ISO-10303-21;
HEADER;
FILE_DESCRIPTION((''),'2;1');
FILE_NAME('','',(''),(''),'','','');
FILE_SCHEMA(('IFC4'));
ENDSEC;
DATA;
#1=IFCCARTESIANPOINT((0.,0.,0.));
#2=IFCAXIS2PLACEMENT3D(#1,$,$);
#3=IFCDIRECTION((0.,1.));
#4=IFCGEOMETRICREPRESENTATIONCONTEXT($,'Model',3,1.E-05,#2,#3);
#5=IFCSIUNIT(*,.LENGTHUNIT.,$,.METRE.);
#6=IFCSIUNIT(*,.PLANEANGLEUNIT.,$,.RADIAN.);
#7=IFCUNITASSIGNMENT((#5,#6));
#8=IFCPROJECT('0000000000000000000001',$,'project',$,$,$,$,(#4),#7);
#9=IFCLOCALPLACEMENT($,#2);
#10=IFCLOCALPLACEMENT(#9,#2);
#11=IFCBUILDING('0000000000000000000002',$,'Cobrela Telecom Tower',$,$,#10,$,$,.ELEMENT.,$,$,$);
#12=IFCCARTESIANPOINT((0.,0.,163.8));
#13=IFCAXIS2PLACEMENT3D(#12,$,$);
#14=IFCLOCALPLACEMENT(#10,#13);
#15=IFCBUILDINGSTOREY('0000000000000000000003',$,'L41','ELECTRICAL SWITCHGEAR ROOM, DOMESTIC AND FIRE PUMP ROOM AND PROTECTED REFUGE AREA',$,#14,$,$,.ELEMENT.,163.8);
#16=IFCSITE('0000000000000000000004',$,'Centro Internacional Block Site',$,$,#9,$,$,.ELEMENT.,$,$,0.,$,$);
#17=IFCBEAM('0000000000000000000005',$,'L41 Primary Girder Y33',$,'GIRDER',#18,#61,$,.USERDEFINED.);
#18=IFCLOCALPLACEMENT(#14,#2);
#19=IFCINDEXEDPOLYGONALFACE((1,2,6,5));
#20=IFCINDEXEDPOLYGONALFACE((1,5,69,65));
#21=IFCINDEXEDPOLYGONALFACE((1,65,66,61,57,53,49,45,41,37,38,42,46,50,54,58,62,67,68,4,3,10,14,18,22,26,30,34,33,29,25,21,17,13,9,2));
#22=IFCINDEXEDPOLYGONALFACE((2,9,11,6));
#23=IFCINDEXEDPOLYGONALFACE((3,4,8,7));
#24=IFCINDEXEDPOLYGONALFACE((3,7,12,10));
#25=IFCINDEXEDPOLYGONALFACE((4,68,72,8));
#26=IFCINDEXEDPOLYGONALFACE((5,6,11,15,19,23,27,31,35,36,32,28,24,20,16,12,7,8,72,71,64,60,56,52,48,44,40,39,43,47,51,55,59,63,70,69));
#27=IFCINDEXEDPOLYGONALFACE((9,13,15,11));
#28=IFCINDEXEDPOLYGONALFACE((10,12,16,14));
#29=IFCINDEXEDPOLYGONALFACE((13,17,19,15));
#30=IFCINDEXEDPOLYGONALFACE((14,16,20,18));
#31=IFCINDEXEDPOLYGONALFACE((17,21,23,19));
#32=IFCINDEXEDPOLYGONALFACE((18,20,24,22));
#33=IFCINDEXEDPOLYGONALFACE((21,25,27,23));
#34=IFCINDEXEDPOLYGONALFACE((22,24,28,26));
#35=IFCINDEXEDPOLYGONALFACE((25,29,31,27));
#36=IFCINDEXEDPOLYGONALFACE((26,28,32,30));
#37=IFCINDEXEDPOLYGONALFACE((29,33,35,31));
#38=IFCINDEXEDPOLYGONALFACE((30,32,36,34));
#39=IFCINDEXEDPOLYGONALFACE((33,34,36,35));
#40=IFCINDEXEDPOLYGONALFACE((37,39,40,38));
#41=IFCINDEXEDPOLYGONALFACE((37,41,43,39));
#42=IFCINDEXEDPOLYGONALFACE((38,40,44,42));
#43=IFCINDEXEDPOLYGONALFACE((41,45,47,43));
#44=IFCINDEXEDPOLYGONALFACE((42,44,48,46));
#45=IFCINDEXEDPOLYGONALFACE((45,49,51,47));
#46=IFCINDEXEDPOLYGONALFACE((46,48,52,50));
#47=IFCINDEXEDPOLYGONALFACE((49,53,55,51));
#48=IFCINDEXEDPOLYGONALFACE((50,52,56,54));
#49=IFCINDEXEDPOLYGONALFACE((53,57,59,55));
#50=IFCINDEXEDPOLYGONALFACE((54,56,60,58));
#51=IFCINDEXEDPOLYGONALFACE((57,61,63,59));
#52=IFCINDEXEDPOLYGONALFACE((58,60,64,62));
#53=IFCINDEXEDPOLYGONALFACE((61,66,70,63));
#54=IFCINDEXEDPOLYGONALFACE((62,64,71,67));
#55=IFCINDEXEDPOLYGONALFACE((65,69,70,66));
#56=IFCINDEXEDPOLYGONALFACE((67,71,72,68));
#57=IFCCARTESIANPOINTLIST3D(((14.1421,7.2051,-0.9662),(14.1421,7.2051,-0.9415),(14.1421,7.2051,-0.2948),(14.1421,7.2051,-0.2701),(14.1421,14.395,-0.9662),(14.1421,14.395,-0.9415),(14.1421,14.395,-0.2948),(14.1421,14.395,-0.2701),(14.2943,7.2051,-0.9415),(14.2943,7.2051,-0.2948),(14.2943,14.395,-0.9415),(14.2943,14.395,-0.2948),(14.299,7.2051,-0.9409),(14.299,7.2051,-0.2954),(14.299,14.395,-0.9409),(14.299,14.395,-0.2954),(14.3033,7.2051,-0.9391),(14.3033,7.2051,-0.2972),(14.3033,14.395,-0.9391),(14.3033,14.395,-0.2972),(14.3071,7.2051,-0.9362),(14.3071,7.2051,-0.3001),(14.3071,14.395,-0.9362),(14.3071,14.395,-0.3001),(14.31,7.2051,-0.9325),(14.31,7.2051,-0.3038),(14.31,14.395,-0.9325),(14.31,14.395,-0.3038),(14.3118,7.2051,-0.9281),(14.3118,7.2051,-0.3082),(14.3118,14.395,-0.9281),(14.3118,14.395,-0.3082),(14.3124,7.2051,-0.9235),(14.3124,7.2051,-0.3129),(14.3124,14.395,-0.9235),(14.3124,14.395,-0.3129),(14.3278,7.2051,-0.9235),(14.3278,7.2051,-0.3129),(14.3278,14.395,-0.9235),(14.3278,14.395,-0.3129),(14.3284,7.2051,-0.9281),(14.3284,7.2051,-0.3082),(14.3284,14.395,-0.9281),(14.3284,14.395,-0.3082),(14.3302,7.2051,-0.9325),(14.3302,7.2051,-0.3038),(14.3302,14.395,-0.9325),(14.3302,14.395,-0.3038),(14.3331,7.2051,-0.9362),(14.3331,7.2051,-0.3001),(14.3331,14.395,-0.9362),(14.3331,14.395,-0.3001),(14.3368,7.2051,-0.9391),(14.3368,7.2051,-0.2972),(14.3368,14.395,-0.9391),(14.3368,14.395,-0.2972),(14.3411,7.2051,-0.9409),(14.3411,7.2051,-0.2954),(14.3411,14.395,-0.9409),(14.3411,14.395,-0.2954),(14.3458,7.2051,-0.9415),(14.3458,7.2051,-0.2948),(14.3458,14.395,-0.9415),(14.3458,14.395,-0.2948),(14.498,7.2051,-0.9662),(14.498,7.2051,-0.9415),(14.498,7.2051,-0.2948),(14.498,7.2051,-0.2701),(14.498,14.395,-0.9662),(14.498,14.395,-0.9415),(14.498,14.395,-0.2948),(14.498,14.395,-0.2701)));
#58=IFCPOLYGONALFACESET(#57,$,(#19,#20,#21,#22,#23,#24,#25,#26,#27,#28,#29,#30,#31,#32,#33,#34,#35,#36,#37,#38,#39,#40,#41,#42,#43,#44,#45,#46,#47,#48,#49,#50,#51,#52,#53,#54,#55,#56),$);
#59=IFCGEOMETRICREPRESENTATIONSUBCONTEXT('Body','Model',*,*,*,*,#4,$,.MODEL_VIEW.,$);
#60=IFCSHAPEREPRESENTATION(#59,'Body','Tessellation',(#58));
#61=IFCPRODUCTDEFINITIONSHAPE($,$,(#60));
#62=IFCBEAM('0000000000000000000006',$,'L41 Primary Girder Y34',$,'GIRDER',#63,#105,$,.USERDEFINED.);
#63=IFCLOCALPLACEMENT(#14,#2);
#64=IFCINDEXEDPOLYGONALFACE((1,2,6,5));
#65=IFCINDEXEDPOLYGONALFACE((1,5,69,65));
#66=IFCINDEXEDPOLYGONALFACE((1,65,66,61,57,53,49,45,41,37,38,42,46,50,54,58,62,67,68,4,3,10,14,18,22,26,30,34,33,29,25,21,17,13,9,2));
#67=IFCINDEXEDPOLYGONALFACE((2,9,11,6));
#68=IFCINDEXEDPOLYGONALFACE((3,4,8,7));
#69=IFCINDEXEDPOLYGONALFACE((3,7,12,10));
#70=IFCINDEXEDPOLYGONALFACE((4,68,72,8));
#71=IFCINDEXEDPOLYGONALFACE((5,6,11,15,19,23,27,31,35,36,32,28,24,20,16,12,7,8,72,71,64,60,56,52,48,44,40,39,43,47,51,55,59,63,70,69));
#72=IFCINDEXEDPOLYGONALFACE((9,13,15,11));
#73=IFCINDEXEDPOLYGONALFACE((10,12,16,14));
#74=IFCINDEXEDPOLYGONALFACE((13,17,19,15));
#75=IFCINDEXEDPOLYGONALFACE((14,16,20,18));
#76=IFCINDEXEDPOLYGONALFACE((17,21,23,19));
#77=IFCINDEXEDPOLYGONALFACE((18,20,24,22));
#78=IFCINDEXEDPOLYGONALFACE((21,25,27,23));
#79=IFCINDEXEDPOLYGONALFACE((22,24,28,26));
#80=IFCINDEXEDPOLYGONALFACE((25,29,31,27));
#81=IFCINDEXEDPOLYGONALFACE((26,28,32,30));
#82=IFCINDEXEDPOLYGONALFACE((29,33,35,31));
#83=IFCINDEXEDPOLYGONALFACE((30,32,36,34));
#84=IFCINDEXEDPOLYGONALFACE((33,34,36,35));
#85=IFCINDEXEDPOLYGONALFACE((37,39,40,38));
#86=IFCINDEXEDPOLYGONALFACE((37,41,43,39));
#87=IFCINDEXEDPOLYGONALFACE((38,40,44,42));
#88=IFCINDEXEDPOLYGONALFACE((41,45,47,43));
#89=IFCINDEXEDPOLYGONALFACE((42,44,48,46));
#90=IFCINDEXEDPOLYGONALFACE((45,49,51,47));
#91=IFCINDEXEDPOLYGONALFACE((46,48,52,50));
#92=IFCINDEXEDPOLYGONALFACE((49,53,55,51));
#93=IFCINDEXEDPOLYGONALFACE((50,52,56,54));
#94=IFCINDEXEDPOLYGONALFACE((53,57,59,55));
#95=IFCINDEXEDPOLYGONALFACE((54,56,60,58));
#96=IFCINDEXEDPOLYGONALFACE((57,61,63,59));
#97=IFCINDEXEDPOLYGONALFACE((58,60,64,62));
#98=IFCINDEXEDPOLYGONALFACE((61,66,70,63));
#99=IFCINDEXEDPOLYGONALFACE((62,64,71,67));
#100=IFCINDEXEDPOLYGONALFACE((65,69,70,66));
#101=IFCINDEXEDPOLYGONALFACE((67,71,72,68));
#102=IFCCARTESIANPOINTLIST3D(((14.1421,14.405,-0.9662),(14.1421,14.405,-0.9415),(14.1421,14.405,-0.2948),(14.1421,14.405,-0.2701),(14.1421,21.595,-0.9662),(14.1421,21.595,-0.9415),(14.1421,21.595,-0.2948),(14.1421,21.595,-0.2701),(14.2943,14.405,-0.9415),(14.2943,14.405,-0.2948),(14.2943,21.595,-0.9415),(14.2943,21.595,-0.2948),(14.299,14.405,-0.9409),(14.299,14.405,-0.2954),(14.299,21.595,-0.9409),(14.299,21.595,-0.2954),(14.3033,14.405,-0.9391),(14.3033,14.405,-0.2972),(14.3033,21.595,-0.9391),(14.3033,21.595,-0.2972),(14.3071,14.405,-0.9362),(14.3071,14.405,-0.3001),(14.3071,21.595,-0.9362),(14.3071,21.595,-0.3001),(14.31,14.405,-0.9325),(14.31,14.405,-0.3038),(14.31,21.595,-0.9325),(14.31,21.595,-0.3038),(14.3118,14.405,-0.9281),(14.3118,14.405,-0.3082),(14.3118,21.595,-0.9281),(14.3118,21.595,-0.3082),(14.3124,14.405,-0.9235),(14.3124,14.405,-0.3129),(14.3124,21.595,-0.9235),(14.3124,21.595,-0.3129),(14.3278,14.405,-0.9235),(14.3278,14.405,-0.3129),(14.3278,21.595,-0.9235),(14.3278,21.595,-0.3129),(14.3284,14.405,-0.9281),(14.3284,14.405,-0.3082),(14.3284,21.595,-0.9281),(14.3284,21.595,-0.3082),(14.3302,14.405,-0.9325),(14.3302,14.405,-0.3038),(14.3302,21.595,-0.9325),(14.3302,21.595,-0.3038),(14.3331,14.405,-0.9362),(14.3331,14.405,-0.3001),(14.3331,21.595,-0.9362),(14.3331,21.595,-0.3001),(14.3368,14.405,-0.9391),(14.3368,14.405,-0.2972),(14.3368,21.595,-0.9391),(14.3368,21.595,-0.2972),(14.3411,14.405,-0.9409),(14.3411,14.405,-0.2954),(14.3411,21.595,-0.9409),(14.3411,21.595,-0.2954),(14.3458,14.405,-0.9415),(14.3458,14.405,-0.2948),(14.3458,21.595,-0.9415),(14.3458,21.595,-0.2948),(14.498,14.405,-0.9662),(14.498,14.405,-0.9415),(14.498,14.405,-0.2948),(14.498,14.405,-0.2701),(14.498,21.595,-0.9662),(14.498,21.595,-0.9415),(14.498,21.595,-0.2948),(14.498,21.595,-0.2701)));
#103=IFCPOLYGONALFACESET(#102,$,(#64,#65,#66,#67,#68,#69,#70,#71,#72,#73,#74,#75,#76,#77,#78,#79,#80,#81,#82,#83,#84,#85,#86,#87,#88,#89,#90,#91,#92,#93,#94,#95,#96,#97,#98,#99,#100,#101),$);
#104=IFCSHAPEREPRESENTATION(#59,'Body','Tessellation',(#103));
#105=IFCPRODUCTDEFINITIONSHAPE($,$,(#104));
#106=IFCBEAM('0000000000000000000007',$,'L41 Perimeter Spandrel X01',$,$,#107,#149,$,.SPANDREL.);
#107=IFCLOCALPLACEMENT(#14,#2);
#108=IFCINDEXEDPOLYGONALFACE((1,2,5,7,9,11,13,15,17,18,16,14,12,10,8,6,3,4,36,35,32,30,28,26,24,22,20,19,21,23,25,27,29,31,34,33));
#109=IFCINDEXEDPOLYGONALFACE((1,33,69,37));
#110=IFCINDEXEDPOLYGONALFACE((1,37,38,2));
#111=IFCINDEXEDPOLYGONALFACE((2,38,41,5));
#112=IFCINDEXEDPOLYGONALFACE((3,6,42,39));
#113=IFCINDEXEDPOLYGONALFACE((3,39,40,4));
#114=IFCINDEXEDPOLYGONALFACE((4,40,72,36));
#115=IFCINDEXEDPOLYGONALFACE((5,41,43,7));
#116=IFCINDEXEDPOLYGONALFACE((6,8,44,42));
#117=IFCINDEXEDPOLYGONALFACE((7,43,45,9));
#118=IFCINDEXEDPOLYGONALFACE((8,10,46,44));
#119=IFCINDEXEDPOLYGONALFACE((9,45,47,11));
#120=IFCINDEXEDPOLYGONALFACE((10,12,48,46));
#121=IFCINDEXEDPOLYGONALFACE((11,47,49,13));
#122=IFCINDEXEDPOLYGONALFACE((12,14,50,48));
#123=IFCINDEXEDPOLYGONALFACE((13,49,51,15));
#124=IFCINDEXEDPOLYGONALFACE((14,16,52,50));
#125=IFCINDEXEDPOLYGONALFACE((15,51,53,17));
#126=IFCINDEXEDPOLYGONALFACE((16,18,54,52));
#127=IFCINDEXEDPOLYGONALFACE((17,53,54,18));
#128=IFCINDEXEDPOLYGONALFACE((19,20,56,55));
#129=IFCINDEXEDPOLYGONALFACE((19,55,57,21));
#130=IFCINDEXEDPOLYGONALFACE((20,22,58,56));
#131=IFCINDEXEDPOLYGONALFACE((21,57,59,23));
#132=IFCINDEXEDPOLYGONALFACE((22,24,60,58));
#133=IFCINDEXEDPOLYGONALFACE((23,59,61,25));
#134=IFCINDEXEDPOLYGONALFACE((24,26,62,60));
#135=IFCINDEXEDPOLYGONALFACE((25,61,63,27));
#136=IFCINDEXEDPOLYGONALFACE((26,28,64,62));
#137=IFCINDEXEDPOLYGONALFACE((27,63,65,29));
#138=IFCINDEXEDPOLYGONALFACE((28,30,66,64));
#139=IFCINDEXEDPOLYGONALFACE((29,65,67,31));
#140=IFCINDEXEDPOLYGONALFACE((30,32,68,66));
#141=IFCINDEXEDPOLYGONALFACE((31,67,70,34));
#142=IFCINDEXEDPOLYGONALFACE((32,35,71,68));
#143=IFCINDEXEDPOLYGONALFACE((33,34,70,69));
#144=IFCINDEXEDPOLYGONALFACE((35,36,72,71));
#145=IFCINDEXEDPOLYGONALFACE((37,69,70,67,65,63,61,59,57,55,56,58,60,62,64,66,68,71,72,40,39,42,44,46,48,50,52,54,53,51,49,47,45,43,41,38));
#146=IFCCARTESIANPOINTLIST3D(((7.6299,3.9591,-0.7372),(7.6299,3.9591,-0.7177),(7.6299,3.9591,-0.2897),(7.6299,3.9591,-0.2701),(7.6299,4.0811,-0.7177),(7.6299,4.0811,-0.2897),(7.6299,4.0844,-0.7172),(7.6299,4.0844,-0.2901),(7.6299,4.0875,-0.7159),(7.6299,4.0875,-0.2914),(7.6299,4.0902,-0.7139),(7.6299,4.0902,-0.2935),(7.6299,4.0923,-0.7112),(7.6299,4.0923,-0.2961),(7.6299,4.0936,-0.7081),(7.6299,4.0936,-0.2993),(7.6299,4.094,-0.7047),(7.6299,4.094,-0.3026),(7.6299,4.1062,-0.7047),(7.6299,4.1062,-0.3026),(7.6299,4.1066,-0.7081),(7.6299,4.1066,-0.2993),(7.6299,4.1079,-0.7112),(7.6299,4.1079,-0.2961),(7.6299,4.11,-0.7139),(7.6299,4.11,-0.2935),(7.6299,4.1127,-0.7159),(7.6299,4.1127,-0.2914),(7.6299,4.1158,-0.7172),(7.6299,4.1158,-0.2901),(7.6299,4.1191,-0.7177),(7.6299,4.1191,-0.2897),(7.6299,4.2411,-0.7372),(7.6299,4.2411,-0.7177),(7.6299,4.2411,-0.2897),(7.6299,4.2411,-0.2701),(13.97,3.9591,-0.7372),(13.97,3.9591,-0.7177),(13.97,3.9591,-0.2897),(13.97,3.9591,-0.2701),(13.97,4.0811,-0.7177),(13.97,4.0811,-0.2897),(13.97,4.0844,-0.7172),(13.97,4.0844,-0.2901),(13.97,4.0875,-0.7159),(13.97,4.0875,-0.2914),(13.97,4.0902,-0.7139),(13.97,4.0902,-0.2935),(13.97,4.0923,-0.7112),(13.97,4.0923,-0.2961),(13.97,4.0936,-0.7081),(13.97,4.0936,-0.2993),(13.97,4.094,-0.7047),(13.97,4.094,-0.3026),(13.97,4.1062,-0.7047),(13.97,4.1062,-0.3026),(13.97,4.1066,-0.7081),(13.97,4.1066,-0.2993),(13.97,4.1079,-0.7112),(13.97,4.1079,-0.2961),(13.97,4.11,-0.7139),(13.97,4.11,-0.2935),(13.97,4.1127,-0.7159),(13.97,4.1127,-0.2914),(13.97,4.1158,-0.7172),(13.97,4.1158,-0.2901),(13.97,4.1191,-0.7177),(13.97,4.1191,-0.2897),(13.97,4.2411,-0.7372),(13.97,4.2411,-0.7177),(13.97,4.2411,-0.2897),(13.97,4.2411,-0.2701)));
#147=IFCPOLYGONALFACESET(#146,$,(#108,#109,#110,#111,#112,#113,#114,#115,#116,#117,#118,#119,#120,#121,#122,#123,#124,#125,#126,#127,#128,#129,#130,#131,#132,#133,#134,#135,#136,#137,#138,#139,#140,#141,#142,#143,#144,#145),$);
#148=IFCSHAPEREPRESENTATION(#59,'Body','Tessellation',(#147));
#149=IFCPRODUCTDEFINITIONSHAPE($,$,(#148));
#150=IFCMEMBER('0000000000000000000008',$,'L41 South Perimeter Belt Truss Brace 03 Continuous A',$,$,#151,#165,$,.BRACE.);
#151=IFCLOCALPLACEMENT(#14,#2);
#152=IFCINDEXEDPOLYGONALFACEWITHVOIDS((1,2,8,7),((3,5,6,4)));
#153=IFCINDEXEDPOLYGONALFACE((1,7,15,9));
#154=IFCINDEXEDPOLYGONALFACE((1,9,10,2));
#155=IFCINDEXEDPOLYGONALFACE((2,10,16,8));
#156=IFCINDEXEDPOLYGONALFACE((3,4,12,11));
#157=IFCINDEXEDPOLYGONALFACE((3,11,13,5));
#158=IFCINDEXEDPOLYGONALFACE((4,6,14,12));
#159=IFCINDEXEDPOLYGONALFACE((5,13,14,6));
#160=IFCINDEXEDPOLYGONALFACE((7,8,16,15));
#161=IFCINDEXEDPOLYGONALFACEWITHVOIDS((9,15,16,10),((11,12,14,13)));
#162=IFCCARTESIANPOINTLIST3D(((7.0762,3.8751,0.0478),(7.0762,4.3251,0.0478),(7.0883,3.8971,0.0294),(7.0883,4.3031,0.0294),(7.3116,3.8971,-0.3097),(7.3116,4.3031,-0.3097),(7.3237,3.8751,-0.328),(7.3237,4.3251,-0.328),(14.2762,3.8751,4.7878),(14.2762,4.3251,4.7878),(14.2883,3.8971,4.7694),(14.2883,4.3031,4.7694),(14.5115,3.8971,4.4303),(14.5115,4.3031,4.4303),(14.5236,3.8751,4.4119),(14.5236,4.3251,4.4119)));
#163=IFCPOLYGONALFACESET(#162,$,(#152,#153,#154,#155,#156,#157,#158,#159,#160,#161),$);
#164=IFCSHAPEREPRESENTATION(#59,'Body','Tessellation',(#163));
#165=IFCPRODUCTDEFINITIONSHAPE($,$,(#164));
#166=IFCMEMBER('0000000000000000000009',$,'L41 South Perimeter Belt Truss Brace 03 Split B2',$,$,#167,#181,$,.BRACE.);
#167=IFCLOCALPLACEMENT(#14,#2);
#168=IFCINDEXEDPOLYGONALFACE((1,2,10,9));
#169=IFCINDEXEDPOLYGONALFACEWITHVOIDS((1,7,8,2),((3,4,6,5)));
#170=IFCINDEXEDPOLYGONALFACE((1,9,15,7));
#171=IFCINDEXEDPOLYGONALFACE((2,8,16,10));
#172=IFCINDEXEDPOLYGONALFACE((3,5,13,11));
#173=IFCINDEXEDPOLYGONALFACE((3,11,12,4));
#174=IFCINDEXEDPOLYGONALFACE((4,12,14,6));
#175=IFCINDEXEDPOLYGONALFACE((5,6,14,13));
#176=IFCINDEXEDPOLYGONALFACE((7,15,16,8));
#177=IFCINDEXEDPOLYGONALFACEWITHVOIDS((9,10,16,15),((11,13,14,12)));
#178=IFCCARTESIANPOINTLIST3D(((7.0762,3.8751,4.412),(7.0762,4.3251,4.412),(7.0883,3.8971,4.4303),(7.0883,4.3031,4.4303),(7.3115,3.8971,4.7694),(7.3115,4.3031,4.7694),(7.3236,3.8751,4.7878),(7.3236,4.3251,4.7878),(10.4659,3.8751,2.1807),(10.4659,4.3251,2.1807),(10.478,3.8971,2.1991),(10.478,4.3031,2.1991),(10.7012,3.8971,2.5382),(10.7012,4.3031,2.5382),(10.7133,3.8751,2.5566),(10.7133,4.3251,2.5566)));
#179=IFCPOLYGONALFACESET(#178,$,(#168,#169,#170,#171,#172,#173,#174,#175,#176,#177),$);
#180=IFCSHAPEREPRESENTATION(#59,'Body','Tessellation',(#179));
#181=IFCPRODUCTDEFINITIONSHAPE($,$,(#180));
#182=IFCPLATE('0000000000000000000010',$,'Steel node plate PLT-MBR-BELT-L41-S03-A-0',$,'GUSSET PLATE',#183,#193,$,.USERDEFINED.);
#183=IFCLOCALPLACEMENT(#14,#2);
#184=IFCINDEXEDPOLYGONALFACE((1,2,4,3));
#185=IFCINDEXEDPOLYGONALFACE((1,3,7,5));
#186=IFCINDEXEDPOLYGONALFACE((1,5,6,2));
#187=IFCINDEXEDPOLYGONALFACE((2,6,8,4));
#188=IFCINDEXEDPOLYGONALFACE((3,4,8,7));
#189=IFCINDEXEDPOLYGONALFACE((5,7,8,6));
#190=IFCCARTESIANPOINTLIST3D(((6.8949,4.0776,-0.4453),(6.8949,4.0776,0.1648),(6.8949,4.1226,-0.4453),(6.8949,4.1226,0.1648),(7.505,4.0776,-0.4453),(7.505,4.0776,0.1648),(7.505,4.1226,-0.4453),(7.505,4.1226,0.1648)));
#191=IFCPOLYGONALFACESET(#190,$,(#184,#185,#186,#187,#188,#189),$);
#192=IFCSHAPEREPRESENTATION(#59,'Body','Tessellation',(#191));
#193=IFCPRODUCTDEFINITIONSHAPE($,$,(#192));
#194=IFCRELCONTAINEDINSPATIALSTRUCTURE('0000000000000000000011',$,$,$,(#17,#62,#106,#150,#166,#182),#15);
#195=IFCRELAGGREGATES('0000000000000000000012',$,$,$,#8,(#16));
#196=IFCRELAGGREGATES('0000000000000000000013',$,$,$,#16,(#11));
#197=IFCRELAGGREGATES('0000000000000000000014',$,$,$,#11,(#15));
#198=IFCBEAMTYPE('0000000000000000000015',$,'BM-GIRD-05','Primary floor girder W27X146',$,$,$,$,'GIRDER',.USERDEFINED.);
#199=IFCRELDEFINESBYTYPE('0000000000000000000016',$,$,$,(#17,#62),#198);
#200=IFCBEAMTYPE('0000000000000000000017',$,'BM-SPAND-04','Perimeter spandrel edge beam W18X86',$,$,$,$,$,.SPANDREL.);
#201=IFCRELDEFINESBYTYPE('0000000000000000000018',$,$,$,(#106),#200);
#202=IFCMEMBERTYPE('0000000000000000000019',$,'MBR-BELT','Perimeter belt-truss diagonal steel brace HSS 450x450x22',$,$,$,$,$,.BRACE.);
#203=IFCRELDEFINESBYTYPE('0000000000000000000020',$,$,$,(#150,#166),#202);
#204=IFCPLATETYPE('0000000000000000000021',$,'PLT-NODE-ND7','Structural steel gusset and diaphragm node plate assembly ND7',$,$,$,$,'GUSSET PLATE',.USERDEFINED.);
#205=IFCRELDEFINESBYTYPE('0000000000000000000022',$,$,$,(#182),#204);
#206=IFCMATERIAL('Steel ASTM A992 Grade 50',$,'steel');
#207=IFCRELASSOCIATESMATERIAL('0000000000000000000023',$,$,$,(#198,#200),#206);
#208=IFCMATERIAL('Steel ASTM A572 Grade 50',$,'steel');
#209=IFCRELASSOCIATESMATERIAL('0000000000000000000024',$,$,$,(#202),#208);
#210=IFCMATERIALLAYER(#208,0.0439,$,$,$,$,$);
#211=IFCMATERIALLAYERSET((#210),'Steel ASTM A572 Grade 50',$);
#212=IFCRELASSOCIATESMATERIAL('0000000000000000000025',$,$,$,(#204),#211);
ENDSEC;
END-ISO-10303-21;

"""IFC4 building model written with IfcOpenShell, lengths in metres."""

from ifc_helpers import new_model, si_unit, direction, frame, origin, origin_2d, place, context, subcontext, project, spatial, rectangle, hollow_rectangle, i_section, extrude, material, layer, layer_set, material_profile, profile_set, type_object, element, save


model = new_model("IFC4")

# Units and contexts
model_context = context("Model", 3, precision=1e-05, world=origin(), true_north=direction((0.0, 1.0)))
body_context = subcontext(model_context, "Body", "Model", "MODEL_VIEW")
ifc_project = project(units=[si_unit("LENGTHUNIT", "METRE"), si_unit("PLANEANGLEUNIT", "RADIAN")], contexts=[model_context])

# Site, building, storey
site_placement = place(None, origin())
site = spatial("IfcSite", under=ifc_project, at=site_placement, Name="Centro Internacional Block Site", CompositionType="ELEMENT", RefElevation=0.0)
building_placement = place(site_placement, origin())
building = spatial("IfcBuilding", under=site, at=building_placement, Name="Cobrela Telecom Tower", CompositionType="ELEMENT")
storey_placement = place(building_placement, frame((0.0, 0.0, 163.8)))
storey = spatial("IfcBuildingStorey", under=building, at=storey_placement, Name="L41", Description="ELECTRICAL SWITCHGEAR ROOM, DOMESTIC AND FIRE PUMP ROOM AND PROTECTED REFUGE AREA", CompositionType="ELEMENT", Elevation=163.8)

# Shared definitions
ifc_material_1 = material(Name="Steel ASTM A572 Grade 50", Category="steel")

# Beams
ifc_material_2 = material(Name="Steel ASTM A992 Grade 50", Category="steel")
ifc_material_profile_1 = material_profile(ifc_material_2, i_section(OverallWidth=0.356, OverallDepth=0.696, WebThickness=0.0154, FlangeThickness=0.0247, FilletRadius=0.0181, at=origin_2d()), Name="W27X146")
ifc_profile_set_1 = profile_set([ifc_material_profile_1], Name="Steel ASTM A992 Grade 50")
beam_type_1 = type_object("IfcBeamType", Name="BM-GIRD-05", Description="Primary floor girder W27X146", ElementType="GIRDER", PredefinedType="USERDEFINED", material=ifc_profile_set_1)
for number, where, z_axis, x_axis, name in (
    (1, (14.3201, 7.2051, -0.6182), (0.0, 1.0, 0.0), (-1.0, 0.0, 0.0), "L41 Primary Girder Y33"),
    (2, (14.3201, 14.405, -0.6182), (0.0, 1.0, 0.0), (-1.0, 0.0, 0.0), "L41 Primary Girder Y34"),
):
    element("IfcBeam", number, at=place(storey_placement, frame(where, z_axis=z_axis, x_axis=x_axis)), inside=storey, type_object=beam_type_1, Name=name, ObjectType="GIRDER", PredefinedType="USERDEFINED", context=body_context, shape_type="SweptSolid", body=[
        extrude(i_section(OverallWidth=0.356, OverallDepth=0.696, WebThickness=0.0154, FlangeThickness=0.0247, FilletRadius=0.0181, at=origin_2d()), origin(), (0.0, 0.0, 1.0), 7.1899),
    ])
ifc_material_profile_2 = material_profile(ifc_material_2, i_section(OverallWidth=0.282, OverallDepth=0.467, WebThickness=0.0122, FlangeThickness=0.0195, FilletRadius=0.0129, at=origin_2d()), Name="W18X86")
ifc_profile_set_2 = profile_set([ifc_material_profile_2], Name="Steel ASTM A992 Grade 50")
beam_type_2 = type_object("IfcBeamType", Name="BM-SPAND-04", Description="Perimeter spandrel edge beam W18X86", PredefinedType="SPANDREL", material=ifc_profile_set_2)
beam_1_placement = place(storey_placement, frame((7.6299, 4.1001, -0.5037), z_axis=(1.0, 0.0, 0.0), x_axis=(0.0, 1.0, 0.0)))
element("IfcBeam", 3, at=beam_1_placement, inside=storey, type_object=beam_type_2, Name="L41 Perimeter Spandrel X01", PredefinedType="SPANDREL", context=body_context, shape_type="SweptSolid", body=[
    extrude(i_section(OverallWidth=0.282, OverallDepth=0.467, WebThickness=0.0122, FlangeThickness=0.0195, FilletRadius=0.0129, at=origin_2d()), origin(), (0.0, 0.0, 1.0), 6.3401),
])

# Members
ifc_material_profile_3 = material_profile(ifc_material_1, hollow_rectangle(XDim=0.45, YDim=0.45, WallThickness=0.022, at=origin_2d()), Name="HSS 450x450x22")
ifc_profile_set_3 = profile_set([ifc_material_profile_3], Name="Steel ASTM A572 Grade 50")
member_type = type_object("IfcMemberType", Name="MBR-BELT", Description="Perimeter belt-truss diagonal steel brace HSS 450x450x22", PredefinedType="BRACE", material=ifc_profile_set_3)
member_1_placement = place(storey_placement, frame((7.2, 4.1001, -0.1401), z_axis=(0.835248, 0.0, 0.549874), x_axis=(0.0, 1.0, 0.0)))
element("IfcMember", 4, at=member_1_placement, inside=storey, type_object=member_type, Name="L41 South Perimeter Belt Truss Brace 03 Continuous A", PredefinedType="BRACE", context=body_context, shape_type="SweptSolid", body=[
    extrude(hollow_rectangle(XDim=0.45, YDim=0.45, WallThickness=0.022, at=origin_2d()), origin(), (0.0, 0.0, 1.0), 8.6201),
])
member_2_placement = place(storey_placement, frame((10.5896, 4.1001, 2.3687), z_axis=(-0.835285, 0.0, 0.549818), x_axis=(0.0, -1.0, 0.0)))
element("IfcMember", 5, at=member_2_placement, inside=storey, type_object=member_type, Name="L41 South Perimeter Belt Truss Brace 03 Split B2", PredefinedType="BRACE", context=body_context, shape_type="SweptSolid", body=[
    extrude(hollow_rectangle(XDim=0.45, YDim=0.45, WallThickness=0.022, at=origin_2d()), origin(), (0.0, 0.0, 1.0), 4.0581),
])

# Plate
ifc_layer_1 = layer(ifc_material_1, 0.0439)
ifc_layer_set_1 = layer_set([ifc_layer_1], Name="Steel ASTM A572 Grade 50")
plate_type = type_object("IfcPlateType", Name="PLT-NODE-ND7", Description="Structural steel gusset and diaphragm node plate assembly ND7", ElementType="GUSSET PLATE", PredefinedType="USERDEFINED", material=ifc_layer_set_1)
for number, where, z_axis, x_axis, name in (
    (6, (7.2, 4.1001, -0.4453), (0.0, 0.0, 1.0), (1.0, 0.0, 0.0), "Steel node plate PLT-MBR-BELT-L41-S03-A-0"),
):
    element("IfcPlate", number, at=place(storey_placement, frame(where, z_axis=z_axis, x_axis=x_axis)), inside=storey, type_object=plate_type, Name=name, ObjectType="GUSSET PLATE", PredefinedType="USERDEFINED", context=body_context, shape_type="SweptSolid", body=[
        extrude(rectangle(XDim=0.6101, YDim=0.0449, at=origin_2d()), origin(), (0.0, 0.0, 1.0), 0.6101),
    ])

save(model, "model.ifc")
